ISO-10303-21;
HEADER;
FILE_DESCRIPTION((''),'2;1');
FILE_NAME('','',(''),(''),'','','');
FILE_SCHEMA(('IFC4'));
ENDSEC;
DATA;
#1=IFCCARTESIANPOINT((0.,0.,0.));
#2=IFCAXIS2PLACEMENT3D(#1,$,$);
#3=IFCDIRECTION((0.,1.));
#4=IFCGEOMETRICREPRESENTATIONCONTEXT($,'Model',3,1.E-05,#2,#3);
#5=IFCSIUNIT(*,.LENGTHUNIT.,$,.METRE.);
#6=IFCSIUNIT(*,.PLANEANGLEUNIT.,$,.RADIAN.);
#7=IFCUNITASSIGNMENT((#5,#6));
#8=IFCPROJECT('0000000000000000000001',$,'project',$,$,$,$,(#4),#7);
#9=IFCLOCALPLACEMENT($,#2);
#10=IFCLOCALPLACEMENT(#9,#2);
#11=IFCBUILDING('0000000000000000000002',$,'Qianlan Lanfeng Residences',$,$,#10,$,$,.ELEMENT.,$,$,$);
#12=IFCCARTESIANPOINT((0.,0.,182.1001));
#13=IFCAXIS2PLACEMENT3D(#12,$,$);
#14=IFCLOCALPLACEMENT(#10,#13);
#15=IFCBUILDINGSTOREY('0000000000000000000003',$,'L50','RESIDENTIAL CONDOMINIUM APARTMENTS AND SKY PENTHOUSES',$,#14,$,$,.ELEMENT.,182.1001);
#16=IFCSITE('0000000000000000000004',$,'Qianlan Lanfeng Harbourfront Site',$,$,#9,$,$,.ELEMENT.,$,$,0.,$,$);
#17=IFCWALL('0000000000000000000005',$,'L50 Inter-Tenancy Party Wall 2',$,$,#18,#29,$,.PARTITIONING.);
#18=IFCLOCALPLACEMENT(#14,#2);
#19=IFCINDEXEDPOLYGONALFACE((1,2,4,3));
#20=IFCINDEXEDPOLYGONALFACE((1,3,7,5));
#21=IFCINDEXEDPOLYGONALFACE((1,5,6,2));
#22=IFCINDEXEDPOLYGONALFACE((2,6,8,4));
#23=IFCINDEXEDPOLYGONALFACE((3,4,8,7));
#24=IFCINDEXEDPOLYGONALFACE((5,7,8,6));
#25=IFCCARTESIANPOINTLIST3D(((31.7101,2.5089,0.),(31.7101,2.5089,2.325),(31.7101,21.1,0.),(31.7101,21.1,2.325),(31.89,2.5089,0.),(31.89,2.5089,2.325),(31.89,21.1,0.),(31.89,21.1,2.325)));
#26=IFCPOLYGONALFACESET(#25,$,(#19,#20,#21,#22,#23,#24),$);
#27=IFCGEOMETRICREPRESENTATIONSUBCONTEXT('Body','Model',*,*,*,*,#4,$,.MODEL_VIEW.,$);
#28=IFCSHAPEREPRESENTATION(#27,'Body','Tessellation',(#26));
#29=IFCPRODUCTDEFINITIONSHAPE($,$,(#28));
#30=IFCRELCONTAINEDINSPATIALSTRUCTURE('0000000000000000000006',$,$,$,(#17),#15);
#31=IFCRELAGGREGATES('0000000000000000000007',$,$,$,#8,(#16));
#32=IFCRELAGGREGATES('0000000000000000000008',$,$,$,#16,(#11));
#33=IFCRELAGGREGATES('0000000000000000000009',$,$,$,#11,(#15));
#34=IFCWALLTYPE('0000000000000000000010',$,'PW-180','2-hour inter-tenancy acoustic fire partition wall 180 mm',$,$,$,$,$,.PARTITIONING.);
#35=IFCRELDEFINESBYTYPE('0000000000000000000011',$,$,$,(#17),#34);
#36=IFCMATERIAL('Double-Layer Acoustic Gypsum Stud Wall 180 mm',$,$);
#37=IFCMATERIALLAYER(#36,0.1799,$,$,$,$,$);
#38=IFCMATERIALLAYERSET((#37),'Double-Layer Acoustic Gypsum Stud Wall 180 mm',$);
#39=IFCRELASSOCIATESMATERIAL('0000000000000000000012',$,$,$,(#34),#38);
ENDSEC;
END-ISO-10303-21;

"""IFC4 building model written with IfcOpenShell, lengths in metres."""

from ifc_helpers import new_model, si_unit, direction, frame, frame_2d, origin, place, context, subcontext, project, spatial, rectangle, extrude, material, layer, layer_set, type_object, element, save


model = new_model("IFC4")

# Units and contexts
model_context = context("Model", 3, precision=1e-05, world=origin(), true_north=direction((0.0, 1.0)))
body_context = subcontext(model_context, "Body", "Model", "MODEL_VIEW")
ifc_project = project(units=[si_unit("LENGTHUNIT", "METRE"), si_unit("PLANEANGLEUNIT", "RADIAN")], contexts=[model_context])

# Site, building, storey
site_placement = place(None, origin())
site = spatial("IfcSite", under=ifc_project, at=site_placement, Name="Qianlan Lanfeng Harbourfront Site", CompositionType="ELEMENT", RefElevation=0.0)
building_placement = place(site_placement, origin())
building = spatial("IfcBuilding", under=site, at=building_placement, Name="Qianlan Lanfeng Residences", CompositionType="ELEMENT")
storey_placement = place(building_placement, frame((0.0, 0.0, 182.1001)))
storey = spatial("IfcBuildingStorey", under=building, at=storey_placement, Name="L50", Description="RESIDENTIAL CONDOMINIUM APARTMENTS AND SKY PENTHOUSES", CompositionType="ELEMENT", Elevation=182.1001)

# Wall
ifc_material_1 = material(Name="Double-Layer Acoustic Gypsum Stud Wall 180 mm")
ifc_layer_1 = layer(ifc_material_1, 0.1799)
ifc_layer_set_1 = layer_set([ifc_layer_1], Name="Double-Layer Acoustic Gypsum Stud Wall 180 mm")
wall_type_1 = type_object("IfcWallType", Name="PW-180", Description="2-hour inter-tenancy acoustic fire partition wall 180 mm", PredefinedType="PARTITIONING", material=ifc_layer_set_1)
wall_1_placement = place(storey_placement, frame((31.8, 2.509, 0.0), z_axis=(0.0, 0.0, 1.0), x_axis=(0.0, 1.0, 0.0)))
element("IfcWall", 1, at=wall_1_placement, inside=storey, type_object=wall_type_1, Name="L50 Inter-Tenancy Party Wall 2", PredefinedType="PARTITIONING", context=body_context, shape_type="SweptSolid", body=[
    extrude(rectangle(XDim=18.5911, YDim=0.1799, at=frame_2d((9.2954, 0.0))), origin(), (0.0, 0.0, 1.0), 2.325),
])

save(model, "model.ifc")
